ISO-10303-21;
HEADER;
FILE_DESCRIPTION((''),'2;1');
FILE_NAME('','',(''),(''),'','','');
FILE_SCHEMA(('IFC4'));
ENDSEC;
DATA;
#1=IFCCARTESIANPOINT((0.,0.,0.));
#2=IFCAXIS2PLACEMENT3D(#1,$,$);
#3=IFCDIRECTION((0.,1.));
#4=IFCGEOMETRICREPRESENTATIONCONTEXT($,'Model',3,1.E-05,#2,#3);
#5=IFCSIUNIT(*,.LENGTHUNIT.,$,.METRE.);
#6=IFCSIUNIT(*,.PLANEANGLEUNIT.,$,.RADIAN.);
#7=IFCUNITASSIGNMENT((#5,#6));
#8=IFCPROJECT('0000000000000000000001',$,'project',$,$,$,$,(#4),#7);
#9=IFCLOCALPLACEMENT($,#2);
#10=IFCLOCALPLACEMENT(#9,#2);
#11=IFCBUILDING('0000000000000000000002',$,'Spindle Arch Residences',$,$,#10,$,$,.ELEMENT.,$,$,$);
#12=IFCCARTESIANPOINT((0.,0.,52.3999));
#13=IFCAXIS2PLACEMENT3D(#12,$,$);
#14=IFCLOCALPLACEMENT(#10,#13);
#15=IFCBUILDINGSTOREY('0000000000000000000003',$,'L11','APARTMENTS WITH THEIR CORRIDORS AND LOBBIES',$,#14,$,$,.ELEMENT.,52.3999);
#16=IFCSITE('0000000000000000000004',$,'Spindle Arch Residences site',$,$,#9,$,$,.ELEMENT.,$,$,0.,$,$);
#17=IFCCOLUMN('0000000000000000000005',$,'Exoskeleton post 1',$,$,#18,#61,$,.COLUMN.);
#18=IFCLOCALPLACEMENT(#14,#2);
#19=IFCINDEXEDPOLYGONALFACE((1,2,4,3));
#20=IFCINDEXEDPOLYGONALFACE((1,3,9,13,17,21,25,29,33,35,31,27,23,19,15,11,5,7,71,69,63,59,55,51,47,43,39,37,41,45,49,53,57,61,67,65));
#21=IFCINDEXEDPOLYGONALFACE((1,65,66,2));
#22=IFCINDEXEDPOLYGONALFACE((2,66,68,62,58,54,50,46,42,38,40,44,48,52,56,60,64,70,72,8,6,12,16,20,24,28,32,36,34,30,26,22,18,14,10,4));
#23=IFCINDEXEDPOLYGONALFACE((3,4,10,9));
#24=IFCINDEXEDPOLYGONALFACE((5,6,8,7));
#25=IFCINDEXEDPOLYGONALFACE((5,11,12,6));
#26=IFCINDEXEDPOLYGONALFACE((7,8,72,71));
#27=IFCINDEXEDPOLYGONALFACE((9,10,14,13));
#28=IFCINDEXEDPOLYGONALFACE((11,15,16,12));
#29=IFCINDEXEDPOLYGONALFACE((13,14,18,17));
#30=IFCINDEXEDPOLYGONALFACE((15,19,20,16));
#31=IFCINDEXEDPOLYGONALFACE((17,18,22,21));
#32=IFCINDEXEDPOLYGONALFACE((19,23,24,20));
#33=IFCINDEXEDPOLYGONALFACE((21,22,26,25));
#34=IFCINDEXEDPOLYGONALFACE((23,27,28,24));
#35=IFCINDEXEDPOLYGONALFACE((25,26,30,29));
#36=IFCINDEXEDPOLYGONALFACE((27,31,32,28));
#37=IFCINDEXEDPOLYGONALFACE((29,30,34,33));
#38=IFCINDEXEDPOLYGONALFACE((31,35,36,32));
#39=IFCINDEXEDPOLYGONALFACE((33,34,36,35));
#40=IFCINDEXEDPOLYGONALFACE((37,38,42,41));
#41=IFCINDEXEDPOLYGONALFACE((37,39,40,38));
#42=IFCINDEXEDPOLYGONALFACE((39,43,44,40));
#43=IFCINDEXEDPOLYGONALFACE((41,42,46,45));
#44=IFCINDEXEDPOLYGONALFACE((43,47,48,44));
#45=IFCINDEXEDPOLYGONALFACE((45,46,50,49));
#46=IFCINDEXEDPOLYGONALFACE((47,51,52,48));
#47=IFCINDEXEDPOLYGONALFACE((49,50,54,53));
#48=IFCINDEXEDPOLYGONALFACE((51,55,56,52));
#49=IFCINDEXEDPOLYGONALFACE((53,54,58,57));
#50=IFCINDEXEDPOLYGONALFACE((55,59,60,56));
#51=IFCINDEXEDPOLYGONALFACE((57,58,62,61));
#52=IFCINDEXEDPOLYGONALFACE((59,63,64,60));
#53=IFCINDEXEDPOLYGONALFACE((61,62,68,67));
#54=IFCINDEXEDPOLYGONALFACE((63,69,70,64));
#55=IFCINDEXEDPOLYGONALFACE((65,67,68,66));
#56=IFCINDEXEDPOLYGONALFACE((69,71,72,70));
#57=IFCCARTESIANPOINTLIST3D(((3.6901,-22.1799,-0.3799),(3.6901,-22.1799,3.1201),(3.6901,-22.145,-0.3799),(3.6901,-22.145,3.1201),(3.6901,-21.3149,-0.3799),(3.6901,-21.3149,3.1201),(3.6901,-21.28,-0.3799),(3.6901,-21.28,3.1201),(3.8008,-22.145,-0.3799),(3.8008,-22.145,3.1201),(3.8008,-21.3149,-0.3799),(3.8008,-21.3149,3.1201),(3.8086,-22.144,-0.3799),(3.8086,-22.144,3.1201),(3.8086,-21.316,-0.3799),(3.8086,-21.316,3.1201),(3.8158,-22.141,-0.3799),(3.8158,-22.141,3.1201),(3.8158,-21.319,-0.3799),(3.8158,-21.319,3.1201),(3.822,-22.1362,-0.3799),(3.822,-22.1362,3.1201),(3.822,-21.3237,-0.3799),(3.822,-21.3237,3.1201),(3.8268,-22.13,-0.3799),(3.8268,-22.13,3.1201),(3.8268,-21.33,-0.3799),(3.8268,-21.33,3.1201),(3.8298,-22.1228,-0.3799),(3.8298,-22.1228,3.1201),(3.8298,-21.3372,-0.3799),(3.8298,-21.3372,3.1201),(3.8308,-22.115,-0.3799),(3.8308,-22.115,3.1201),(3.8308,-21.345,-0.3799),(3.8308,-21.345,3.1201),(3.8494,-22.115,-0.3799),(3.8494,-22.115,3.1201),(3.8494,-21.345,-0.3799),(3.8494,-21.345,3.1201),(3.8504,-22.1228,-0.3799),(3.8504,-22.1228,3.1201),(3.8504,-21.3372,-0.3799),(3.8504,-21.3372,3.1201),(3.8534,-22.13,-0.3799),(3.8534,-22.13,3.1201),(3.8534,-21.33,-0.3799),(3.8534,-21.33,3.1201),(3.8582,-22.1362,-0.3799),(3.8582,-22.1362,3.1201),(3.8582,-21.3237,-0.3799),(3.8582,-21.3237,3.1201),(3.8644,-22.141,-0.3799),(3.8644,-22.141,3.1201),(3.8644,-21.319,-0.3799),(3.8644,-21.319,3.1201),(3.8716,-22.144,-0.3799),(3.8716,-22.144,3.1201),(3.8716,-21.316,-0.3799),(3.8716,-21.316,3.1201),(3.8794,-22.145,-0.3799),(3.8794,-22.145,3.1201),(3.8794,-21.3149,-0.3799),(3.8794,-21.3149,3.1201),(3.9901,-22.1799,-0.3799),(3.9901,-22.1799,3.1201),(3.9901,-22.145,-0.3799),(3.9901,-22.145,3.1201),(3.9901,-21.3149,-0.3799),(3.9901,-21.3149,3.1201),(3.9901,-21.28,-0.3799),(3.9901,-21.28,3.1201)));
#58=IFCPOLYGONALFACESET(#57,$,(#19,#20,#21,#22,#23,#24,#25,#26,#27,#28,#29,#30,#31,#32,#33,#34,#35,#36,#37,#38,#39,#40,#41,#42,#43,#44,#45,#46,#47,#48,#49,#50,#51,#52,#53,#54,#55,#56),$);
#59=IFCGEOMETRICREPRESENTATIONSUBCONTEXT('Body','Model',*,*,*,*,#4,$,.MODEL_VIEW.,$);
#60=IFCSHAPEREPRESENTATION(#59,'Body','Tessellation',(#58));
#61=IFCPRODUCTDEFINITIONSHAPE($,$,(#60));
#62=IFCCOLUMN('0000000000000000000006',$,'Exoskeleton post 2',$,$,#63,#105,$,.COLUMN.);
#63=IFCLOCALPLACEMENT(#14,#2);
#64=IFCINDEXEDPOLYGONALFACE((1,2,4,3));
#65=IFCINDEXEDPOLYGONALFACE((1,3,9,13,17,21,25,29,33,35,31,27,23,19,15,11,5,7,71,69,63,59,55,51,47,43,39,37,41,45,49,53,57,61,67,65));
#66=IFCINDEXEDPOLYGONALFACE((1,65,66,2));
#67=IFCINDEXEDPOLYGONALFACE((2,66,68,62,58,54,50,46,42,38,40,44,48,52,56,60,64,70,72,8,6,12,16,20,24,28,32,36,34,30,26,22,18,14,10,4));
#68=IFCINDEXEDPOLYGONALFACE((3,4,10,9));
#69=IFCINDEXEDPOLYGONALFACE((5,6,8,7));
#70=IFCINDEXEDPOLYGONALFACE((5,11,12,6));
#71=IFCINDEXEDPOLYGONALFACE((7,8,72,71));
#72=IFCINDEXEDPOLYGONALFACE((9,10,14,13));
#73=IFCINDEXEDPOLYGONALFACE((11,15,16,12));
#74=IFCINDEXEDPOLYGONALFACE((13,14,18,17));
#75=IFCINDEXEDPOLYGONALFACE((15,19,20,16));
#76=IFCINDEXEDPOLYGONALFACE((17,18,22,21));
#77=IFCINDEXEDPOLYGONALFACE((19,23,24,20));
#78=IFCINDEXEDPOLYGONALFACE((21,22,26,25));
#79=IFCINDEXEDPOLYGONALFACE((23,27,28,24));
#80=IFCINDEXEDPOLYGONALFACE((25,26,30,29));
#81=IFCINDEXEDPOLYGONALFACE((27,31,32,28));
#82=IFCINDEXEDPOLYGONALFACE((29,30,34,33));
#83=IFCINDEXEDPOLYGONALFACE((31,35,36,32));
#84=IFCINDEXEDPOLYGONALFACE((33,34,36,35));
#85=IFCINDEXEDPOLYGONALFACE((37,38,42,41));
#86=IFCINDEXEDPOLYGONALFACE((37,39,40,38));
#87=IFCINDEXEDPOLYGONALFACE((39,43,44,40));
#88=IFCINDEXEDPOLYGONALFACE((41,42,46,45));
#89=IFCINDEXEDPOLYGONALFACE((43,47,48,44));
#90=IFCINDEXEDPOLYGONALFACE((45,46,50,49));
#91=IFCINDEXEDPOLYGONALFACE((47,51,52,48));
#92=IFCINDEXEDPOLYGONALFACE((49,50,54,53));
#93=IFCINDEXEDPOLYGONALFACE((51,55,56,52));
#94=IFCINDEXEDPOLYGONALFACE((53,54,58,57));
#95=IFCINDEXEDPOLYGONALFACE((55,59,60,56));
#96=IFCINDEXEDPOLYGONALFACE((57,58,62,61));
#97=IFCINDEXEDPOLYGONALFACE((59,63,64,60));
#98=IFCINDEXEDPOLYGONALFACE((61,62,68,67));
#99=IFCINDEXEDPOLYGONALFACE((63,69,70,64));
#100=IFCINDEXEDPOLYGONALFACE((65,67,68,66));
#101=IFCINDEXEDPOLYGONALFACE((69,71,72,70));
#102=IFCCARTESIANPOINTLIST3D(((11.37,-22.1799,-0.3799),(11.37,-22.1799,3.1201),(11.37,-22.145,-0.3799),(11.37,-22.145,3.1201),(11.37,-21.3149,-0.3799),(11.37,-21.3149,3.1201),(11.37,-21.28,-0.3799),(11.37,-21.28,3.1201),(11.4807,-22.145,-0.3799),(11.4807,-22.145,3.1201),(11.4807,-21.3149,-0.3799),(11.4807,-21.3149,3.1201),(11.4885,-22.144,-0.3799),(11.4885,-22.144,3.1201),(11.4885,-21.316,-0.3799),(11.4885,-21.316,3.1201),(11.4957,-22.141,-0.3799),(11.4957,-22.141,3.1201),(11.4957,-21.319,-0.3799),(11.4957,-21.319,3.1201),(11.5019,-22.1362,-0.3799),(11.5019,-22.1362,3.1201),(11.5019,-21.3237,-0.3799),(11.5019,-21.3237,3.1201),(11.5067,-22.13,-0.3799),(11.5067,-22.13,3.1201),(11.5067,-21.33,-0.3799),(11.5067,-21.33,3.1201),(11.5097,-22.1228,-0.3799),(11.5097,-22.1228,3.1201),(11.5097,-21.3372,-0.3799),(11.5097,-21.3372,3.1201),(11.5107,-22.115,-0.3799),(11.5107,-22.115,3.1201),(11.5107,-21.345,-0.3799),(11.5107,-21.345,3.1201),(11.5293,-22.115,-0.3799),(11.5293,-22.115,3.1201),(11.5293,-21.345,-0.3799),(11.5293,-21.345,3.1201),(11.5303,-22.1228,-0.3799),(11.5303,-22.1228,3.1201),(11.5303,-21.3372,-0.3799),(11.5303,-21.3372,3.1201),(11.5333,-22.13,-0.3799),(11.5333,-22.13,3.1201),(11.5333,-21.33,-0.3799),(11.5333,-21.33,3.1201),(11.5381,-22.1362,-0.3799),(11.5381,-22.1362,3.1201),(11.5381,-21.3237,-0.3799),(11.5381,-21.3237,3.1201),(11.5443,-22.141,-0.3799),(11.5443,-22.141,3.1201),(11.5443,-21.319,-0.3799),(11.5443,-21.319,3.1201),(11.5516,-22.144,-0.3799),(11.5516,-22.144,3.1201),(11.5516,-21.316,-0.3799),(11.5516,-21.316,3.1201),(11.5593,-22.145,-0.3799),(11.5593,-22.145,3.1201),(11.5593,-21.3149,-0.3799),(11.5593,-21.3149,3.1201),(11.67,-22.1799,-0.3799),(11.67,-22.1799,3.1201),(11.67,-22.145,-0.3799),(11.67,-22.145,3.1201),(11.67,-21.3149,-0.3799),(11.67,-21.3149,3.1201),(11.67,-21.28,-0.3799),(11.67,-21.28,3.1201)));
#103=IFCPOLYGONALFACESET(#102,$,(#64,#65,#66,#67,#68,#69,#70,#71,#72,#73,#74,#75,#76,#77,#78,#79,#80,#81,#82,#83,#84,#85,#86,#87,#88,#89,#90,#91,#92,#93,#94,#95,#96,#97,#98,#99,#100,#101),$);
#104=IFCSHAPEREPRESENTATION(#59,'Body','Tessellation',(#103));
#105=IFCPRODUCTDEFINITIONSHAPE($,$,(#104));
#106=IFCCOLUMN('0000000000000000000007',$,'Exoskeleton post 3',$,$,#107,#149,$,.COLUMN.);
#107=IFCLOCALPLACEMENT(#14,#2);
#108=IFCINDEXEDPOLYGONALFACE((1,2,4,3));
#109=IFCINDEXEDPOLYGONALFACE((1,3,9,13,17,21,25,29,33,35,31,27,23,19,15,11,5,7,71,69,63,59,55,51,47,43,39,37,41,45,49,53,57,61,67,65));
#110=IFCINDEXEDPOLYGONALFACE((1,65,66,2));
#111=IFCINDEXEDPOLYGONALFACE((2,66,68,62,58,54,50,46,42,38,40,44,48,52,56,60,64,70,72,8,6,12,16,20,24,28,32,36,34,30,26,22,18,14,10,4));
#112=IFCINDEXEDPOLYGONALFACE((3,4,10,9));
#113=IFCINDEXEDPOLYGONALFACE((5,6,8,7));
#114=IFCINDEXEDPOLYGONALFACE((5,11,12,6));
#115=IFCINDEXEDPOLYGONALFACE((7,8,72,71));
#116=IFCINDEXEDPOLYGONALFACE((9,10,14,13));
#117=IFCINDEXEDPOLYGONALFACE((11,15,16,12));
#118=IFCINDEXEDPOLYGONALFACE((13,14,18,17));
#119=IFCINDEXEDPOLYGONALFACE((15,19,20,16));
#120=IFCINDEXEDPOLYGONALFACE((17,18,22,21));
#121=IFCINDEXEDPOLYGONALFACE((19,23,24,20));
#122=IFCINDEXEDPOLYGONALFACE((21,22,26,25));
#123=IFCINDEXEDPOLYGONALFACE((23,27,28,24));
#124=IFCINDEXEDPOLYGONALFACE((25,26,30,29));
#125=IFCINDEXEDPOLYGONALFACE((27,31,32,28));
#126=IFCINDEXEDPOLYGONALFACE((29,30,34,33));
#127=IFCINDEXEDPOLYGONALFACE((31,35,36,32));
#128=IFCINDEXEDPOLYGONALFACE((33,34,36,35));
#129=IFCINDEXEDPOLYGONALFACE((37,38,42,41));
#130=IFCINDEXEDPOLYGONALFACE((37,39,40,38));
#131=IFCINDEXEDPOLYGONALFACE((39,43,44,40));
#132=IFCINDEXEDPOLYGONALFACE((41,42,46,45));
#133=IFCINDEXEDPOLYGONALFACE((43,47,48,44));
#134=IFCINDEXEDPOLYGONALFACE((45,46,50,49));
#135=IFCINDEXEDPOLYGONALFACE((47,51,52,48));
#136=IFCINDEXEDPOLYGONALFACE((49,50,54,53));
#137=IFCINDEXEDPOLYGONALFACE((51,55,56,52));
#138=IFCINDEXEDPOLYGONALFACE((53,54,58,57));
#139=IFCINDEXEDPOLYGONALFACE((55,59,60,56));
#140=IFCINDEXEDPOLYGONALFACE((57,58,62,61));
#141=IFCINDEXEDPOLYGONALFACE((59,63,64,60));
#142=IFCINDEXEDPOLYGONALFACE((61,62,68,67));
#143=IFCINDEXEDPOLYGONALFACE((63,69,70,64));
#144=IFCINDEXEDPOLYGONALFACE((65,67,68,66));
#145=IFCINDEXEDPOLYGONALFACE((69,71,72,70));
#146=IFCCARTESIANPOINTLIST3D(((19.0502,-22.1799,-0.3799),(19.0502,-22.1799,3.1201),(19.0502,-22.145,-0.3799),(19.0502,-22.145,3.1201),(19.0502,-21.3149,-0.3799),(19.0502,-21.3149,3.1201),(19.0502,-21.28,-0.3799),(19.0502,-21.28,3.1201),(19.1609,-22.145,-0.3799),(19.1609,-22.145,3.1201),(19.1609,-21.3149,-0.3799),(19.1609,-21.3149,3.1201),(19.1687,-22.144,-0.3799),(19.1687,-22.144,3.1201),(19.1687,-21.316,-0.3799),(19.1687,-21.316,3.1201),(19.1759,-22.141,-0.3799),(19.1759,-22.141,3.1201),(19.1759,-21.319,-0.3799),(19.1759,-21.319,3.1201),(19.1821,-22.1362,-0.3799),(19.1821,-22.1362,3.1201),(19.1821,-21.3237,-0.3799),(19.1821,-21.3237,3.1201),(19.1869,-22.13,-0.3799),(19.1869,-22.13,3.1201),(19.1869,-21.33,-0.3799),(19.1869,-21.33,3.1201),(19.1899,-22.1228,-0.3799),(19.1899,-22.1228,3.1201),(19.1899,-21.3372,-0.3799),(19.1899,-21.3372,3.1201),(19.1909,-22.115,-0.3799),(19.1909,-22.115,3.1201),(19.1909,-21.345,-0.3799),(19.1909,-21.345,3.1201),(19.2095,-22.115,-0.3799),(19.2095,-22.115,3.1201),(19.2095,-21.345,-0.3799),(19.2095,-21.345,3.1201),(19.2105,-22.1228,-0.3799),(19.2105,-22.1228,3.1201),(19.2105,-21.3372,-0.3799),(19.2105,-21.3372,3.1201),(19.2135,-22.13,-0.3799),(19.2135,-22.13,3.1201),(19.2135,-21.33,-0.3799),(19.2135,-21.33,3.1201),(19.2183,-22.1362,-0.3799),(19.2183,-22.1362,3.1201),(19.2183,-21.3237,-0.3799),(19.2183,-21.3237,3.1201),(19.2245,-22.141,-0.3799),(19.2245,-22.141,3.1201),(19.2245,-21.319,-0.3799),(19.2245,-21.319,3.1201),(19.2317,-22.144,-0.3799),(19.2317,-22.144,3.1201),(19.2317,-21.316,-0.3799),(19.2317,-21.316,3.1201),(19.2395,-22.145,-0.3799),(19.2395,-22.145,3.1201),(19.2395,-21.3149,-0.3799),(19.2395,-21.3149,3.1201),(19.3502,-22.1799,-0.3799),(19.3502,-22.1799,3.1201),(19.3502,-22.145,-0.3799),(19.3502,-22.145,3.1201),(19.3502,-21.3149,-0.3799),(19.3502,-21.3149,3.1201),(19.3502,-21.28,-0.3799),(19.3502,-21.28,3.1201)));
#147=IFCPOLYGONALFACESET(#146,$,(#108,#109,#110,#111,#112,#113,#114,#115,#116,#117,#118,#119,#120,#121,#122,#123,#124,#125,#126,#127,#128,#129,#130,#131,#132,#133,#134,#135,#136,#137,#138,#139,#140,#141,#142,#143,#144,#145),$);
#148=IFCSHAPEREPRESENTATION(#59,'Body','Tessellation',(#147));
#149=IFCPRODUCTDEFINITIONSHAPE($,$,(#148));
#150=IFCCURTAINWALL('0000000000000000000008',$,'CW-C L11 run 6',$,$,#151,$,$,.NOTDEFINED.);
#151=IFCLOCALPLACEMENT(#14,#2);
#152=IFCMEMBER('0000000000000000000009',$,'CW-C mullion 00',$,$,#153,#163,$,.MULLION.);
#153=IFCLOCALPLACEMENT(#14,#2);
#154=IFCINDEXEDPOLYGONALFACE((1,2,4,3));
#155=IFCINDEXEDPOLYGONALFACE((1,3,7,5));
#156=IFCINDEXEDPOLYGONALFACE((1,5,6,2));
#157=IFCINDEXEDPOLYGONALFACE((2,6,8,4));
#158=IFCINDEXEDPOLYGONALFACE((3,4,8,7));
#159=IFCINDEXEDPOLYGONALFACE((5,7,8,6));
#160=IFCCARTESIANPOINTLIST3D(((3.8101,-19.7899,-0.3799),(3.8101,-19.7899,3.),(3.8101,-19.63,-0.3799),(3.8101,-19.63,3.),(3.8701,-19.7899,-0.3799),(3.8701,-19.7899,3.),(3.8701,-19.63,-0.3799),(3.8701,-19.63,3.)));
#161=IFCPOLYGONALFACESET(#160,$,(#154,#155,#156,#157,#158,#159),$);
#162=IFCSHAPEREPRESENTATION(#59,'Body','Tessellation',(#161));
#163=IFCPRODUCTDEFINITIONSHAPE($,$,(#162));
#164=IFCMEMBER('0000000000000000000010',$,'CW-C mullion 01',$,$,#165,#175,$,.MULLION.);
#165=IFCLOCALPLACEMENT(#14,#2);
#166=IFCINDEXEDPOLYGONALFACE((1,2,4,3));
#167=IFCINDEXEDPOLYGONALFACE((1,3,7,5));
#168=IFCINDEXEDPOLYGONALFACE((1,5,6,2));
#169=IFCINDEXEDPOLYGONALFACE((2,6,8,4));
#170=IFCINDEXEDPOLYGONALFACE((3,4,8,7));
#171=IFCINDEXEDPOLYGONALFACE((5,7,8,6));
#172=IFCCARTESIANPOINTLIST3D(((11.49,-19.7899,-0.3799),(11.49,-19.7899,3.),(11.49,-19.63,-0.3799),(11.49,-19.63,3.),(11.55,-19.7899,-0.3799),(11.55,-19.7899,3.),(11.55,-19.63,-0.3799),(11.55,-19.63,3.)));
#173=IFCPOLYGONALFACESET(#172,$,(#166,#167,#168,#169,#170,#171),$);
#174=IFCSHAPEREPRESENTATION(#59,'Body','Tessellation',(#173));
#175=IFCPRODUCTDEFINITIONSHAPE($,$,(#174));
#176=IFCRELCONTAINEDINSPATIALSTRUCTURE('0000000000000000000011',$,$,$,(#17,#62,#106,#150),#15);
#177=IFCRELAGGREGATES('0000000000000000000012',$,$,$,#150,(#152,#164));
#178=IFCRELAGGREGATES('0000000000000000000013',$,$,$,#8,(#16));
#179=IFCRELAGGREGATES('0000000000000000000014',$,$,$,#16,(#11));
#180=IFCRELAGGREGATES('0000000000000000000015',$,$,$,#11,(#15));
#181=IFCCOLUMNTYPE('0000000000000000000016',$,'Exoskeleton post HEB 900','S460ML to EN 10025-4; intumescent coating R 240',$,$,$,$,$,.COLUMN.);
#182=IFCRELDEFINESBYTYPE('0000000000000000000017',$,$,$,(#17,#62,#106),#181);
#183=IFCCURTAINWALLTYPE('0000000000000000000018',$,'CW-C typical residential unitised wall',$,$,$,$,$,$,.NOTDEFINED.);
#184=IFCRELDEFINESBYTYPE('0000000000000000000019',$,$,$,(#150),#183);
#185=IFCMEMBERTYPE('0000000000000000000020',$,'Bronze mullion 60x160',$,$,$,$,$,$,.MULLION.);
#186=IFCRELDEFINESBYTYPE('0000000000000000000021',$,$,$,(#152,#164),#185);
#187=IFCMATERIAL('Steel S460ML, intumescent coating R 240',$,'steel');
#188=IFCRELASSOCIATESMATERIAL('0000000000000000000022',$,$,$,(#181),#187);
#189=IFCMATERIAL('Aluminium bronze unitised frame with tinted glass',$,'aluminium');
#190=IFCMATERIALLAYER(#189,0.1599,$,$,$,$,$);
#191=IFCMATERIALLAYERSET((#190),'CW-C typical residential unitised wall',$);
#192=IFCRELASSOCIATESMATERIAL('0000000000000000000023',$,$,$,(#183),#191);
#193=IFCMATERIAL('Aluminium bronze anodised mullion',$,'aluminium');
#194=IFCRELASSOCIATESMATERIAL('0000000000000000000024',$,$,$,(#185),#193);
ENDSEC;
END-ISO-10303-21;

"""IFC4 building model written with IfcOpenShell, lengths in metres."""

from ifc_helpers import new_model, si_unit, direction, frame, origin, origin_2d, place, context, subcontext, project, spatial, rectangle, i_section, extrude, material, layer, layer_set, material_profile, profile_set, type_object, element, aggregate, save


model = new_model("IFC4")

# Units and contexts
model_context = context("Model", 3, precision=1e-05, world=origin(), true_north=direction((0.0, 1.0)))
body_context = subcontext(model_context, "Body", "Model", "MODEL_VIEW")
ifc_project = project(units=[si_unit("LENGTHUNIT", "METRE"), si_unit("PLANEANGLEUNIT", "RADIAN")], contexts=[model_context])

# Site, building, storey
site_placement = place(None, origin())
site = spatial("IfcSite", under=ifc_project, at=site_placement, Name="Spindle Arch Residences site", CompositionType="ELEMENT", RefElevation=0.0)
building_placement = place(site_placement, origin())
building = spatial("IfcBuilding", under=site, at=building_placement, Name="Spindle Arch Residences", CompositionType="ELEMENT")
storey_placement = place(building_placement, frame((0.0, 0.0, 52.3999)))
storey = spatial("IfcBuildingStorey", under=building, at=storey_placement, Name="L11", Description="APARTMENTS WITH THEIR CORRIDORS AND LOBBIES", CompositionType="ELEMENT", Elevation=52.3999)

# Columns
ifc_material_1 = material(Name="Steel S460ML, intumescent coating R 240", Category="steel")
ifc_material_profile_1 = material_profile(ifc_material_1, i_section(OverallWidth=0.3, OverallDepth=0.8999, WebThickness=0.0186, FlangeThickness=0.0349, FilletRadius=0.03, at=origin_2d()), Name="HEB 900")
ifc_profile_set_1 = profile_set([ifc_material_profile_1], Name="Steel S460ML, intumescent coating R 240")
column_type = type_object("IfcColumnType", Name="Exoskeleton post HEB 900", Description="S460ML to EN 10025-4; intumescent coating R 240", PredefinedType="COLUMN", material=ifc_profile_set_1)
for number, where, z_axis, x_axis, name in (
    (1, (3.8401, -21.73, -0.3799), (0.0, 0.0, 1.0), (-1.0, 0.0, 0.0), "Exoskeleton post 1"),
    (2, (11.52, -21.73, -0.3799), (0.0, 0.0, 1.0), (-1.0, 0.0, 0.0), "Exoskeleton post 2"),
    (3, (19.2002, -21.73, -0.3799), (0.0, 0.0, 1.0), (-1.0, 0.0, 0.0), "Exoskeleton post 3"),
):
    element("IfcColumn", number, at=place(storey_placement, frame(where, z_axis=z_axis, x_axis=x_axis)), inside=storey, type_object=column_type, Name=name, PredefinedType="COLUMN", context=body_context, shape_type="SweptSolid", body=[
        extrude(i_section(OverallWidth=0.3, OverallDepth=0.8999, WebThickness=0.0186, FlangeThickness=0.0349, FilletRadius=0.03, at=origin_2d()), origin(), (0.0, 0.0, 1.0), 3.5),
    ])

# Curtain wall, members
ifc_material_2 = material(Name="Aluminium bronze unitised frame with tinted glass", Category="aluminium")
ifc_layer_1 = layer(ifc_material_2, 0.1599)
ifc_layer_set_1 = layer_set([ifc_layer_1], Name="CW-C typical residential unitised wall")
curtain_wall_type = type_object("IfcCurtainWallType", Name="CW-C typical residential unitised wall", PredefinedType="NOTDEFINED", material=ifc_layer_set_1)
curtain_wall_placement = place(storey_placement, origin())
curtain_wall = element("IfcCurtainWall", 4, at=curtain_wall_placement, inside=storey, type_object=curtain_wall_type, Name="CW-C L11 run 6", PredefinedType="NOTDEFINED")
ifc_material_3 = material(Name="Aluminium bronze anodised mullion", Category="aluminium")
ifc_material_profile_2 = material_profile(ifc_material_3, rectangle(XDim=0.1599, YDim=0.0601, at=origin_2d()), Name="MU 60x160")
ifc_profile_set_2 = profile_set([ifc_material_profile_2], Name="Aluminium bronze anodised mullion")
member_type_1 = type_object("IfcMemberType", Name="Bronze mullion 60x160", PredefinedType="MULLION", material=ifc_profile_set_2)
member_1_placement = place(storey_placement, frame((3.8401, -19.71, -0.3799), z_axis=(0.0, 0.0, 1.0), x_axis=(0.0, 1.0, 0.0)))
member_1 = element("IfcMember", 5, at=member_1_placement, type_object=member_type_1, Name="CW-C mullion 00", PredefinedType="MULLION", context=body_context, shape_type="SweptSolid", body=[
    extrude(rectangle(XDim=0.1599, YDim=0.0601, at=origin_2d()), origin(), (0.0, 0.0, 1.0), 3.3799),
])
member_2_placement = place(storey_placement, frame((11.52, -19.71, -0.3799), z_axis=(0.0, 0.0, 1.0), x_axis=(0.0, 1.0, 0.0)))
member_2 = element("IfcMember", 6, at=member_2_placement, type_object=member_type_1, Name="CW-C mullion 01", PredefinedType="MULLION", context=body_context, shape_type="SweptSolid", body=[
    extrude(rectangle(XDim=0.1599, YDim=0.0601, at=origin_2d()), origin(), (0.0, 0.0, 1.0), 3.3799),
])

aggregate(curtain_wall, [member_1, member_2])

save(model, "model.ifc")
